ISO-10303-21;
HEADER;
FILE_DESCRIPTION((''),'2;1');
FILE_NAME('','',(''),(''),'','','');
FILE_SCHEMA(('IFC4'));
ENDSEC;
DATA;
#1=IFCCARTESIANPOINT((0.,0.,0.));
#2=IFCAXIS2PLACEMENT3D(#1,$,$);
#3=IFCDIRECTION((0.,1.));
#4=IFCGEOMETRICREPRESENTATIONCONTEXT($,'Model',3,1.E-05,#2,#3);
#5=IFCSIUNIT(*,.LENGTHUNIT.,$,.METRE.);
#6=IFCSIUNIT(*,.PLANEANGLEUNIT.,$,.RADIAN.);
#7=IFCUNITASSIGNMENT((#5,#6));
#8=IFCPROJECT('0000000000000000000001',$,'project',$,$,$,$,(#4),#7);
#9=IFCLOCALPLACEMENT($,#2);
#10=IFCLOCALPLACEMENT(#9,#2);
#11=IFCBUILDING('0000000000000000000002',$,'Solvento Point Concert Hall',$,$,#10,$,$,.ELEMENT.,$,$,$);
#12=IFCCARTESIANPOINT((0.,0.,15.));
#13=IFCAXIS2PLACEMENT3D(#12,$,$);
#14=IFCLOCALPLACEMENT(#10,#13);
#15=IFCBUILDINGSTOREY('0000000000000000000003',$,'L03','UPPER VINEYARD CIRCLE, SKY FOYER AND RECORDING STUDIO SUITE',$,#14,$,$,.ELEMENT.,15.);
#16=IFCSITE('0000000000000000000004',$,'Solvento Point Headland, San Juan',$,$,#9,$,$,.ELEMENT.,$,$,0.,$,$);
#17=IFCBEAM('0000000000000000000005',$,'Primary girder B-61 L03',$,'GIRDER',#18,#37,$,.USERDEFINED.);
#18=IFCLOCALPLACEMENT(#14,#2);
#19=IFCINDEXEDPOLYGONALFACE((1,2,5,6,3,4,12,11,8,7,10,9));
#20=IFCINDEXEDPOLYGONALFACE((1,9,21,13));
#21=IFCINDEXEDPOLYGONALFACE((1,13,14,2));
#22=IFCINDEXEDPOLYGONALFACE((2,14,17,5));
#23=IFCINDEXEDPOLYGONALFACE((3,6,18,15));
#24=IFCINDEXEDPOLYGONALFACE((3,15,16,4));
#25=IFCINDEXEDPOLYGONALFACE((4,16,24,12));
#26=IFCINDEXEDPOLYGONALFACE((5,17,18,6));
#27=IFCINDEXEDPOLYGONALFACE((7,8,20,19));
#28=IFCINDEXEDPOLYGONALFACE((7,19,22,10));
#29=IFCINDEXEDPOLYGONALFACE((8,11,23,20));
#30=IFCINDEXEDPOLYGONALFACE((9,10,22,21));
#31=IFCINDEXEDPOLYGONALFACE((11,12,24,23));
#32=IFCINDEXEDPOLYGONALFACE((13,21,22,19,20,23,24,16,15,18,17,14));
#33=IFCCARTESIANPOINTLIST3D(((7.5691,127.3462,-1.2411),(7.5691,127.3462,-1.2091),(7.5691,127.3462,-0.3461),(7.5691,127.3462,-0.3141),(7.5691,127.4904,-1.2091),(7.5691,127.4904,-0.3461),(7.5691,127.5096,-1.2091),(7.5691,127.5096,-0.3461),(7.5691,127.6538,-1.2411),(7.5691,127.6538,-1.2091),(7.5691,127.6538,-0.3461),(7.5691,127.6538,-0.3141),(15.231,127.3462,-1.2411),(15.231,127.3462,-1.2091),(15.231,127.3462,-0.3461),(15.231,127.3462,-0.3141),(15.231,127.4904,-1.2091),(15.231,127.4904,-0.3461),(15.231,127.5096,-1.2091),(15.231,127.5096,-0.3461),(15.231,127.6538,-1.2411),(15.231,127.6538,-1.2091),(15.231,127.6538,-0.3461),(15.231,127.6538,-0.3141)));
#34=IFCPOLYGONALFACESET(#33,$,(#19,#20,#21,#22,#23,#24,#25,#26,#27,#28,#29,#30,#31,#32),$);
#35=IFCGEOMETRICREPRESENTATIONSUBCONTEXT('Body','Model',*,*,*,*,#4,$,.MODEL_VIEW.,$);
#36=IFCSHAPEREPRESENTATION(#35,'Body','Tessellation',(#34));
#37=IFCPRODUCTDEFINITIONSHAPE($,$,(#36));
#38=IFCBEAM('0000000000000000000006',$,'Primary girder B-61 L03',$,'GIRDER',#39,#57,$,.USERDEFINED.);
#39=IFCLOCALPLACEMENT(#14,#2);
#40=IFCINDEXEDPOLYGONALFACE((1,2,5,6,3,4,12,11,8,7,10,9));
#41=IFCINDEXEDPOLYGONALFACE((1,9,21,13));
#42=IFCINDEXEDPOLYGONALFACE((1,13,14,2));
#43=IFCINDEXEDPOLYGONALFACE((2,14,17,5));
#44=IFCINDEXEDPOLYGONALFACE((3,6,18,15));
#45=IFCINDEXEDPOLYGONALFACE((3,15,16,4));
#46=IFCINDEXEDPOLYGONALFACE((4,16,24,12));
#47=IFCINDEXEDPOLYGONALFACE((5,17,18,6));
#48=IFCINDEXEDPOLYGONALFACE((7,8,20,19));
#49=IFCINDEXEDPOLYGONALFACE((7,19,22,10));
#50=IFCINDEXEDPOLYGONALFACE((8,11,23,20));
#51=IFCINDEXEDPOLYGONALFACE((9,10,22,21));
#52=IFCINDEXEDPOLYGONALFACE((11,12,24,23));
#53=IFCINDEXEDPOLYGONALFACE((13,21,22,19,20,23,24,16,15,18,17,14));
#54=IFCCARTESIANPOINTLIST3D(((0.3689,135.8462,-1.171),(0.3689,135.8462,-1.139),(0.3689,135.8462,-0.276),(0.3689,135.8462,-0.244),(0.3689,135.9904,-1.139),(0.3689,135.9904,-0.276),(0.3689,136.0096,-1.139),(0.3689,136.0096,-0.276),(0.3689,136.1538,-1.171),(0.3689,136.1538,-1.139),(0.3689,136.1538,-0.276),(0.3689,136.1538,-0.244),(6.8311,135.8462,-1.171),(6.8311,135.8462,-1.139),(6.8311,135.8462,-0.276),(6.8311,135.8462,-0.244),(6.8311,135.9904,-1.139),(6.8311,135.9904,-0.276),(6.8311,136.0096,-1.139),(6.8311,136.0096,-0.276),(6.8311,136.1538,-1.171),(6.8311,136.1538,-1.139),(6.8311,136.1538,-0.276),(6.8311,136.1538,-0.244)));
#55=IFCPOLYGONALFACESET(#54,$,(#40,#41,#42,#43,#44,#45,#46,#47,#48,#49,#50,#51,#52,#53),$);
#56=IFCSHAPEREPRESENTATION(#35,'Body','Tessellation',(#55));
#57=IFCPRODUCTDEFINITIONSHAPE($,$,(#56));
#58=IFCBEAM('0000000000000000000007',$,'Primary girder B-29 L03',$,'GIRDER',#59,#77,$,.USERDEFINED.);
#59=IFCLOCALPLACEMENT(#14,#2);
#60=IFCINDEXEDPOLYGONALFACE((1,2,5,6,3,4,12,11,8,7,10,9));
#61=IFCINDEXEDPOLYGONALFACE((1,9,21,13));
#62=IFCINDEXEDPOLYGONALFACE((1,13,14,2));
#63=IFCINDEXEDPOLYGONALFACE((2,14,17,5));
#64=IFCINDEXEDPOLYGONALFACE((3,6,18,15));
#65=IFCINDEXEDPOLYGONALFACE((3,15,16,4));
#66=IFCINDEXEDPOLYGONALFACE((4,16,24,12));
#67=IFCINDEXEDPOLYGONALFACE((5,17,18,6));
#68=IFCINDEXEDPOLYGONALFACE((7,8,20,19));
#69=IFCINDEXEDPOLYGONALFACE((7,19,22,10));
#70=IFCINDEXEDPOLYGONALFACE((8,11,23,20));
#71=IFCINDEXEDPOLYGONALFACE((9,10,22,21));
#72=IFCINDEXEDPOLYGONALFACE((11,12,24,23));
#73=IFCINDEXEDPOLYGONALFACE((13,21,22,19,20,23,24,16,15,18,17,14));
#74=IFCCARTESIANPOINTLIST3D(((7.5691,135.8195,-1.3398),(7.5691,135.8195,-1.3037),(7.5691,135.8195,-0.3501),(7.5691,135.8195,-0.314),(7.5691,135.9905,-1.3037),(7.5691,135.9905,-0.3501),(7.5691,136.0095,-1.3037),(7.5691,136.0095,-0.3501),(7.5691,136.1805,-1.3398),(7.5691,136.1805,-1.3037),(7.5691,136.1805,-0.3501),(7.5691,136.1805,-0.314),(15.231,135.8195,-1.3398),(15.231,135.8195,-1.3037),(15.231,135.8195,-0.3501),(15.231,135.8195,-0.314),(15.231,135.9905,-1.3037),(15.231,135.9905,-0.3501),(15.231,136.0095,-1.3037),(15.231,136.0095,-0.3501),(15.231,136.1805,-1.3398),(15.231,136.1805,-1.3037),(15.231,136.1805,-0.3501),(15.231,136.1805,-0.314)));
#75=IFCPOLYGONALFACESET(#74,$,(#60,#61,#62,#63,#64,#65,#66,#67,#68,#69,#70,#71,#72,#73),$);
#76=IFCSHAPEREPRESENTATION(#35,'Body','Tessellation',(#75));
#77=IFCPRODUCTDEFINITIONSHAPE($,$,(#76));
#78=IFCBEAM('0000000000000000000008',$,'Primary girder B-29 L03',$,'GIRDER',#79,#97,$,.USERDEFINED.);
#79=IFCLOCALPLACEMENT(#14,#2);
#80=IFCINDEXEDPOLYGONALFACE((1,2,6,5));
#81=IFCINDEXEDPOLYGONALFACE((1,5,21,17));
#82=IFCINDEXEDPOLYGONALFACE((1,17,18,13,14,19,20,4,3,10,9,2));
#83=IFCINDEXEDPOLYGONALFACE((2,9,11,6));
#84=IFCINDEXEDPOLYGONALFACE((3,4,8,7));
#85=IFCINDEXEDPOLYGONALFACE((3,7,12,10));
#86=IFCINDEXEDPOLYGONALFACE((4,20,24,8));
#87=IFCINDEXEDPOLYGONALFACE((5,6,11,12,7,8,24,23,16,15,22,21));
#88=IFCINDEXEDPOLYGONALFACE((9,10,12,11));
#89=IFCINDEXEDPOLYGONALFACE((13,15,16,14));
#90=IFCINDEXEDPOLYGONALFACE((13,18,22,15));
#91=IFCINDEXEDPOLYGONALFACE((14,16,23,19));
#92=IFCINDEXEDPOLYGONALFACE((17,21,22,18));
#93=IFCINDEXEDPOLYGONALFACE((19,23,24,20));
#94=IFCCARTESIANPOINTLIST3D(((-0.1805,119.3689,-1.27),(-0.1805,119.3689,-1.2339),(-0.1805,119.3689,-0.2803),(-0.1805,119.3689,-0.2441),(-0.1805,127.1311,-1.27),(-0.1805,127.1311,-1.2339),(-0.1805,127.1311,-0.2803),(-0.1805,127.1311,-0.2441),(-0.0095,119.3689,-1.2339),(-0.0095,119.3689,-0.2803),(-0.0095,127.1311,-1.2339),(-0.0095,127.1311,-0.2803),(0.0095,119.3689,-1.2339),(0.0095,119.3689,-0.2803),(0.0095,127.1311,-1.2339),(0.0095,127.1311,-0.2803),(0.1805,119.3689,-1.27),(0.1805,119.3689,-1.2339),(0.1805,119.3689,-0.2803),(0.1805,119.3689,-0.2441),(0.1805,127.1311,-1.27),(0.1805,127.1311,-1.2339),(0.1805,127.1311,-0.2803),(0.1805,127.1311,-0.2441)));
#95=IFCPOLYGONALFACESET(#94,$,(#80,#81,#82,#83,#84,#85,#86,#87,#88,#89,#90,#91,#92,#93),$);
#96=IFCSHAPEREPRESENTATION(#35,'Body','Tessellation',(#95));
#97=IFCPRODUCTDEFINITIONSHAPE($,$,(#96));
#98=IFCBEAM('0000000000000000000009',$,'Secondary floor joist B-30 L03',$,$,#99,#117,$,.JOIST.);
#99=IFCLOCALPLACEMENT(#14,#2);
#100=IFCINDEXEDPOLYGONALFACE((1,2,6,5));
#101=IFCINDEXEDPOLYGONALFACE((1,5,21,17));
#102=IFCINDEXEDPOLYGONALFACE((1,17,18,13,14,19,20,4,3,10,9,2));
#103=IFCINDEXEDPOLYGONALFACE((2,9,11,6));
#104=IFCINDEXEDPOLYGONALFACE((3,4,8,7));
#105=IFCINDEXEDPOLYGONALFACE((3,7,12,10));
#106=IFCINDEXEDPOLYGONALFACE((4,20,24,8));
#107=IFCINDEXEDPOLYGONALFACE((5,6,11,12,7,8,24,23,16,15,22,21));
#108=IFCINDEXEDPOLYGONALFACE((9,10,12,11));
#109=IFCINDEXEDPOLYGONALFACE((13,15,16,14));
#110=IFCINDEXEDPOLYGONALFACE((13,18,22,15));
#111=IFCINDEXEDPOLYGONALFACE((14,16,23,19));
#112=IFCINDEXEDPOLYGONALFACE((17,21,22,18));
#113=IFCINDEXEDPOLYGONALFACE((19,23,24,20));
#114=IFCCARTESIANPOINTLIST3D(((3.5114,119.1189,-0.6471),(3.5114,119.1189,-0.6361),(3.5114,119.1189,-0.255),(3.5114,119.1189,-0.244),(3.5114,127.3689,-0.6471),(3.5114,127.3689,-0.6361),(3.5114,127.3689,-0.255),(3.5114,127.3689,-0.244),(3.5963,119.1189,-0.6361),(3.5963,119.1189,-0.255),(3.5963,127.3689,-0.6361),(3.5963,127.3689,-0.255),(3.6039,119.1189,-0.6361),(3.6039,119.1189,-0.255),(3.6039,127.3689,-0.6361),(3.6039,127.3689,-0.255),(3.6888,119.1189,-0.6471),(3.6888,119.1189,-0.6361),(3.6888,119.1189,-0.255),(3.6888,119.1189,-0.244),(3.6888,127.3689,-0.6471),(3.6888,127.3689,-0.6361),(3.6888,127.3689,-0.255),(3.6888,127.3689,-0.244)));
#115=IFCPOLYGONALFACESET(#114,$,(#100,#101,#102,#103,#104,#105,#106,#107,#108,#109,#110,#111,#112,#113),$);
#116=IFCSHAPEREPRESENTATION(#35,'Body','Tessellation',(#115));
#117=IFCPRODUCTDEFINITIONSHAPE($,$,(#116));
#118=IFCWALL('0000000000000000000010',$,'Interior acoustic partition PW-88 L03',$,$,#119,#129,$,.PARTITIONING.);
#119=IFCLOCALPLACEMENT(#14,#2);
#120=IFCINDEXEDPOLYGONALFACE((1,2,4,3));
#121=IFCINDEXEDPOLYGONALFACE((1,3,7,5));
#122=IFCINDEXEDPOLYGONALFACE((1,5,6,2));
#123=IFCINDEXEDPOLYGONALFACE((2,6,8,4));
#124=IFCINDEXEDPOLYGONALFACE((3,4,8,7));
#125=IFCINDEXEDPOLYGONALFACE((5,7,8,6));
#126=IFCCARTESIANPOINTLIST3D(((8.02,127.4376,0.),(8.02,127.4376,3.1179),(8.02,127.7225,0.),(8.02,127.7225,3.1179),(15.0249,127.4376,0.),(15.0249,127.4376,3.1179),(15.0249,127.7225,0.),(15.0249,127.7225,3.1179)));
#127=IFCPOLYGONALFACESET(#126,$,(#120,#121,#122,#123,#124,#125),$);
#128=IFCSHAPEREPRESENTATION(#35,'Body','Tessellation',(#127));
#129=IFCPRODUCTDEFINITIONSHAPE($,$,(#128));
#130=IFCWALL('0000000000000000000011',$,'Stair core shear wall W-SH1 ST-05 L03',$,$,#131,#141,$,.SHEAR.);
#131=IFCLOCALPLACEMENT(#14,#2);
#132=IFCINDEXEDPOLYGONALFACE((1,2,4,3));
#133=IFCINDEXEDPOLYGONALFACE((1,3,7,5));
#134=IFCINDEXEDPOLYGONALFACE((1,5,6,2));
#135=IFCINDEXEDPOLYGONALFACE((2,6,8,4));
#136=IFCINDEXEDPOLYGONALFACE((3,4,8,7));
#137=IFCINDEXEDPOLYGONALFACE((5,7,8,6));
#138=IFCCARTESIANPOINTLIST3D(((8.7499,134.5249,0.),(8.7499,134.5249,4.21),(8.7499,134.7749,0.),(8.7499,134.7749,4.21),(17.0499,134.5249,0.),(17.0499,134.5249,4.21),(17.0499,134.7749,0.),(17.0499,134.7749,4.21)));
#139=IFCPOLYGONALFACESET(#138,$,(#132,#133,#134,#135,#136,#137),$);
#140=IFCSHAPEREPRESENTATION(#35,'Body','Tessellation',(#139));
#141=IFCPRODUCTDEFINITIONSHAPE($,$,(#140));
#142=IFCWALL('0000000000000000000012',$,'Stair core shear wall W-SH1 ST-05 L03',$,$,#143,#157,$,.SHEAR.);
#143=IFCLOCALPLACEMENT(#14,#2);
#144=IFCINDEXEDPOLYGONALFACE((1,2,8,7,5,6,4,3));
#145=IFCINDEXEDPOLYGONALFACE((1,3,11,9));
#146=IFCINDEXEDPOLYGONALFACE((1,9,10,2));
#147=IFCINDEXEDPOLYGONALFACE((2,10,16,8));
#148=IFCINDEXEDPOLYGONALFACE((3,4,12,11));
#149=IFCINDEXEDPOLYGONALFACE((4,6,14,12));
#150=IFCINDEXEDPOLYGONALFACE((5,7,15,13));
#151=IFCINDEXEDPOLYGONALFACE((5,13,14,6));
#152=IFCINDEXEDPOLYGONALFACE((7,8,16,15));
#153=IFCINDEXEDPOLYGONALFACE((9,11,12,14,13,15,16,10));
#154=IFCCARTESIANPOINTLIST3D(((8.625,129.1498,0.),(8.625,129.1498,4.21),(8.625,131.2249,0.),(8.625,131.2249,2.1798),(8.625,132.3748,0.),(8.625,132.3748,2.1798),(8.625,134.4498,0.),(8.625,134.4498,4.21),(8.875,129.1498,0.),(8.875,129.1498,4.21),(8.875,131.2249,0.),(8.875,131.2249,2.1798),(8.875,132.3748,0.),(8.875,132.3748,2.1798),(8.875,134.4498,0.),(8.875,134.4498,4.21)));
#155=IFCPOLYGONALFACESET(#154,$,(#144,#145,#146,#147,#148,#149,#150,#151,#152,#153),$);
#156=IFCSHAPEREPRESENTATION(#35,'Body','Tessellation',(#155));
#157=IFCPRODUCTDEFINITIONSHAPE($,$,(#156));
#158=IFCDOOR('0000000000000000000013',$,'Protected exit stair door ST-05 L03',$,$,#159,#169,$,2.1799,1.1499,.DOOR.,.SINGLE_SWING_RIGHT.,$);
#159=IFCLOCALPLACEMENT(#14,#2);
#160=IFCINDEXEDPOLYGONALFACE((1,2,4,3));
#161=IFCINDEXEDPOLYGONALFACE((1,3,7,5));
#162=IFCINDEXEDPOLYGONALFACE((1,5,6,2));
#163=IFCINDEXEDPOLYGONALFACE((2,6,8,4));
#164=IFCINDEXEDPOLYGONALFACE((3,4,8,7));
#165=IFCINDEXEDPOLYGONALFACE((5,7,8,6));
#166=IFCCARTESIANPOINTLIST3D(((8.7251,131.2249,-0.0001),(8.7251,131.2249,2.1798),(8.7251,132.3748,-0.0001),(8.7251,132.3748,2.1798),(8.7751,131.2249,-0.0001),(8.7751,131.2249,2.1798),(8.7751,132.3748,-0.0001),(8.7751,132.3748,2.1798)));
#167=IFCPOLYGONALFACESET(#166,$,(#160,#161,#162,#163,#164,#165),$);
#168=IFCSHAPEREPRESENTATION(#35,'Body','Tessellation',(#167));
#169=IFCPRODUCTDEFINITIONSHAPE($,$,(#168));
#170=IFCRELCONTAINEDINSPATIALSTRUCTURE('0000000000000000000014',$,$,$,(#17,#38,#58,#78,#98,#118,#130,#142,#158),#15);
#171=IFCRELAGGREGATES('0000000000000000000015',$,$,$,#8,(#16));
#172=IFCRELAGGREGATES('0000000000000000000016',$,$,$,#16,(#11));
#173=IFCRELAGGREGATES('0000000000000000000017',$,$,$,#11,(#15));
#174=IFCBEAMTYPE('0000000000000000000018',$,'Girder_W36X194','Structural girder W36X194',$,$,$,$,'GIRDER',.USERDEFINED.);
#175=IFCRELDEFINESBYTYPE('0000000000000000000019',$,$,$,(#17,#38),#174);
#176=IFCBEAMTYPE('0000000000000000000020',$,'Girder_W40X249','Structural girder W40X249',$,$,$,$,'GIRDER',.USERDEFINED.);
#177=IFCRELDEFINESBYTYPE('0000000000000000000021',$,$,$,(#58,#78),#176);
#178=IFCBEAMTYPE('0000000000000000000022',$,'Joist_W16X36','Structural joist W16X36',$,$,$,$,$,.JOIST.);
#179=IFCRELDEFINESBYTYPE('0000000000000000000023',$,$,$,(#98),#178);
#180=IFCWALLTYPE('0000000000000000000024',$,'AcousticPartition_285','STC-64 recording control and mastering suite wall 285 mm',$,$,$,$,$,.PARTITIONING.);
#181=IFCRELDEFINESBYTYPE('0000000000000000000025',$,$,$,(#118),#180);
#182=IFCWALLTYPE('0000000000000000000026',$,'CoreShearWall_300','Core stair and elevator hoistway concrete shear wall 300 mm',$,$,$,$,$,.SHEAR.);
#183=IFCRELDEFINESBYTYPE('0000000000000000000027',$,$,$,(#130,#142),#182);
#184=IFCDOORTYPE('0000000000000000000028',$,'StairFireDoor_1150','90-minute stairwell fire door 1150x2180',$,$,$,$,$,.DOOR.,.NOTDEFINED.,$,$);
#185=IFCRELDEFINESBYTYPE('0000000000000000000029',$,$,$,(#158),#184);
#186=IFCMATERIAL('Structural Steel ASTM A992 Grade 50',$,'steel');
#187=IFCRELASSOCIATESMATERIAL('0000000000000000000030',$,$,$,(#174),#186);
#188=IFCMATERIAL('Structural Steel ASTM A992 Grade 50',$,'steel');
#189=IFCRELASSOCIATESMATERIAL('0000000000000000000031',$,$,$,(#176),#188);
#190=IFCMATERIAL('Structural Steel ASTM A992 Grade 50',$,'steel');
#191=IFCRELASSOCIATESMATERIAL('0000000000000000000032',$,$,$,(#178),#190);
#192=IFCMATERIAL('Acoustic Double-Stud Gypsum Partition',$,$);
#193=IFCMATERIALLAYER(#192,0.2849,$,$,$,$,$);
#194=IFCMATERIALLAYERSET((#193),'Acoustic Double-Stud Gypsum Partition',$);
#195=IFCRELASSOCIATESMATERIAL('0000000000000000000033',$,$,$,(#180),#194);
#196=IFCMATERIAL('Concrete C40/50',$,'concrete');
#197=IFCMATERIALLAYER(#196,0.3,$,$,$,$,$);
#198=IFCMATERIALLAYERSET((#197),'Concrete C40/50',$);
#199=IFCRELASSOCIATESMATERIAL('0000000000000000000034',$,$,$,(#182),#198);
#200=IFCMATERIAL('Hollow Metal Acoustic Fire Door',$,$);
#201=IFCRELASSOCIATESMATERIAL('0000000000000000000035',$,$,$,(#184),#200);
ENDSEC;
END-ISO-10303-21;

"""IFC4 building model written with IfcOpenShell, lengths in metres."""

from ifc_helpers import new_model, si_unit, direction, frame, frame_2d, origin, origin_2d, place, context, subcontext, project, spatial, rectangle, i_section, extrude, material, layer, layer_set, material_profile, profile_set, type_object, element, fill, save


model = new_model("IFC4")

# Units and contexts
model_context = context("Model", 3, precision=1e-05, world=origin(), true_north=direction((0.0, 1.0)))
body_context = subcontext(model_context, "Body", "Model", "MODEL_VIEW")
ifc_project = project(units=[si_unit("LENGTHUNIT", "METRE"), si_unit("PLANEANGLEUNIT", "RADIAN")], contexts=[model_context])

# Site, building, storey
site_placement = place(None, origin())
site = spatial("IfcSite", under=ifc_project, at=site_placement, Name="Solvento Point Headland, San Juan", CompositionType="ELEMENT", RefElevation=0.0)
building_placement = place(site_placement, origin())
building = spatial("IfcBuilding", under=site, at=building_placement, Name="Solvento Point Concert Hall", CompositionType="ELEMENT")
storey_placement = place(building_placement, frame((0.0, 0.0, 15.0)))
storey = spatial("IfcBuildingStorey", under=building, at=storey_placement, Name="L03", Description="UPPER VINEYARD CIRCLE, SKY FOYER AND RECORDING STUDIO SUITE", CompositionType="ELEMENT", Elevation=15.0)

# Beams
ifc_material_1 = material(Name="Structural Steel ASTM A992 Grade 50", Category="steel")
ifc_material_profile_1 = material_profile(ifc_material_1, i_section(OverallWidth=0.3076, OverallDepth=0.927, WebThickness=0.0193, FlangeThickness=0.032, at=origin_2d()), Name="W36X194")
ifc_profile_set_1 = profile_set([ifc_material_profile_1], Name="Structural Steel ASTM A992 Grade 50")
beam_type_1 = type_object("IfcBeamType", Name="Girder_W36X194", Description="Structural girder W36X194", ElementType="GIRDER", PredefinedType="USERDEFINED", material=ifc_profile_set_1)
beam_1_placement = place(storey_placement, frame((7.5691, 127.5, -0.7776), z_axis=(1.0, 0.0, 0.0), x_axis=(0.0, 1.0, 0.0)))
element("IfcBeam", 1, at=beam_1_placement, inside=storey, type_object=beam_type_1, Name="Primary girder B-61 L03", ObjectType="GIRDER", PredefinedType="USERDEFINED", context=body_context, shape_type="SweptSolid", body=[
    extrude(i_section(OverallWidth=0.3076, OverallDepth=0.927, WebThickness=0.0193, FlangeThickness=0.032, at=origin_2d()), origin(), (0.0, 0.0, 1.0), 7.6619),
])
beam_2_placement = place(storey_placement, frame((0.3689, 136.0, -0.7075), z_axis=(1.0, 0.0, 0.0), x_axis=(0.0, 1.0, 0.0)))
element("IfcBeam", 2, at=beam_2_placement, inside=storey, type_object=beam_type_1, Name="Primary girder B-61 L03", ObjectType="GIRDER", PredefinedType="USERDEFINED", context=body_context, shape_type="SweptSolid", body=[
    extrude(i_section(OverallWidth=0.3076, OverallDepth=0.927, WebThickness=0.0193, FlangeThickness=0.032, at=origin_2d()), origin(), (0.0, 0.0, 1.0), 6.4622),
])
ifc_material_2 = material(Name="Structural Steel ASTM A992 Grade 50", Category="steel")
ifc_material_profile_2 = material_profile(ifc_material_2, i_section(OverallWidth=0.3611, OverallDepth=1.0259, WebThickness=0.019, FlangeThickness=0.0361, at=origin_2d()), Name="W40X249")
ifc_profile_set_2 = profile_set([ifc_material_profile_2], Name="Structural Steel ASTM A992 Grade 50")
beam_type_2 = type_object("IfcBeamType", Name="Girder_W40X249", Description="Structural girder W40X249", ElementType="GIRDER", PredefinedType="USERDEFINED", material=ifc_profile_set_2)
beam_3_placement = place(storey_placement, frame((7.5691, 136.0, -0.8269), z_axis=(1.0, 0.0, 0.0), x_axis=(0.0, 1.0, 0.0)))
element("IfcBeam", 3, at=beam_3_placement, inside=storey, type_object=beam_type_2, Name="Primary girder B-29 L03", ObjectType="GIRDER", PredefinedType="USERDEFINED", context=body_context, shape_type="SweptSolid", body=[
    extrude(i_section(OverallWidth=0.3611, OverallDepth=1.0259, WebThickness=0.019, FlangeThickness=0.0361, at=origin_2d()), origin(), (0.0, 0.0, 1.0), 7.6619),
])
beam_4_placement = place(storey_placement, frame((0.0, 119.3689, -0.7571), z_axis=(0.0, 1.0, 0.0), x_axis=(-1.0, 0.0, 0.0)))
element("IfcBeam", 4, at=beam_4_placement, inside=storey, type_object=beam_type_2, Name="Primary girder B-29 L03", ObjectType="GIRDER", PredefinedType="USERDEFINED", context=body_context, shape_type="SweptSolid", body=[
    extrude(i_section(OverallWidth=0.3611, OverallDepth=1.0259, WebThickness=0.019, FlangeThickness=0.0361, at=origin_2d()), origin(), (0.0, 0.0, 1.0), 7.7622),
])
ifc_material_3 = material(Name="Structural Steel ASTM A992 Grade 50", Category="steel")
ifc_material_profile_3 = material_profile(ifc_material_3, i_section(OverallWidth=0.1775, OverallDepth=0.4031, WebThickness=0.0076, FlangeThickness=0.011, at=origin_2d()), Name="W16X36")
ifc_profile_set_3 = profile_set([ifc_material_profile_3], Name="Structural Steel ASTM A992 Grade 50")
beam_type_3 = type_object("IfcBeamType", Name="Joist_W16X36", Description="Structural joist W16X36", PredefinedType="JOIST", material=ifc_profile_set_3)
beam_5_placement = place(storey_placement, frame((3.6001, 119.1189, -0.4456), z_axis=(0.0, 1.0, 0.0), x_axis=(-1.0, 0.0, 0.0)))
element("IfcBeam", 5, at=beam_5_placement, inside=storey, type_object=beam_type_3, Name="Secondary floor joist B-30 L03", PredefinedType="JOIST", context=body_context, shape_type="SweptSolid", body=[
    extrude(i_section(OverallWidth=0.1775, OverallDepth=0.4031, WebThickness=0.0076, FlangeThickness=0.011, at=origin_2d()), origin(), (0.0, 0.0, 1.0), 8.25),
])

# Walls
ifc_material_4 = material(Name="Acoustic Double-Stud Gypsum Partition")
ifc_layer_1 = layer(ifc_material_4, 0.2849)
ifc_layer_set_1 = layer_set([ifc_layer_1], Name="Acoustic Double-Stud Gypsum Partition")
wall_type_1 = type_object("IfcWallType", Name="AcousticPartition_285", Description="STC-64 recording control and mastering suite wall 285 mm", PredefinedType="PARTITIONING", material=ifc_layer_set_1)
wall_1_placement = place(storey_placement, frame((8.02, 127.5801, 0.0), z_axis=(0.0, 0.0, 1.0), x_axis=(1.0, 0.0, 0.0)))
element("IfcWall", 6, at=wall_1_placement, inside=storey, type_object=wall_type_1, Name="Interior acoustic partition PW-88 L03", PredefinedType="PARTITIONING", context=body_context, shape_type="SweptSolid", body=[
    extrude(rectangle(XDim=7.0049, YDim=0.2849, at=frame_2d((3.5024, 0.0))), origin(), (0.0, 0.0, 1.0), 3.1179),
])
ifc_material_5 = material(Name="Concrete C40/50", Category="concrete")
ifc_layer_2 = layer(ifc_material_5, 0.3)
ifc_layer_set_2 = layer_set([ifc_layer_2], Name="Concrete C40/50")
wall_type_2 = type_object("IfcWallType", Name="CoreShearWall_300", Description="Core stair and elevator hoistway concrete shear wall 300 mm", PredefinedType="SHEAR", material=ifc_layer_set_2)
wall_2_placement = place(storey_placement, frame((8.75, 134.6499, 0.0), z_axis=(0.0, 0.0, 1.0), x_axis=(1.0, 0.0, 0.0)))
element("IfcWall", 7, at=wall_2_placement, inside=storey, type_object=wall_type_2, Name="Stair core shear wall W-SH1 ST-05 L03", PredefinedType="SHEAR", context=body_context, shape_type="SweptSolid", body=[
    extrude(rectangle(XDim=8.3, YDim=0.25, at=frame_2d((4.1499, 0.0))), origin(), (0.0, 0.0, 1.0), 4.21),
])

# Wall, opening, door
wall_3_placement = place(storey_placement, frame((8.75, 129.1499, 0.0), z_axis=(0.0, 0.0, 1.0), x_axis=(0.0, 1.0, 0.0)))
wall_3 = element("IfcWall", 8, at=wall_3_placement, inside=storey, type_object=wall_type_2, Name="Stair core shear wall W-SH1 ST-05 L03", PredefinedType="SHEAR", context=body_context, shape_type="SweptSolid", body=[
    extrude(rectangle(XDim=5.3, YDim=0.25, at=frame_2d((2.6499, 0.0))), origin(), (0.0, 0.0, 1.0), 4.21),
])
opening_1_placement = place(wall_3_placement, frame((2.075, 0.0, 0.0)))
opening_1 = element("IfcOpeningElement", 9, at=opening_1_placement, cuts=wall_3, PredefinedType="OPENING", context=body_context, shape_type="SweptSolid", body=[
    extrude(rectangle(XDim=1.1499, YDim=2.1799, at=frame_2d((0.575, 1.0898))), frame((0.0, 0.135, 0.0), z_axis=(0.0, -1.0, 0.0), x_axis=(1.0, 0.0, 0.0)), (0.0, 0.0, 1.0), 0.27),
])
ifc_material_6 = material(Name="Hollow Metal Acoustic Fire Door")
door_type_1 = type_object("IfcDoorType", Name="StairFireDoor_1150", Description="90-minute stairwell fire door 1150x2180", OperationType="NOTDEFINED", PredefinedType="DOOR", material=ifc_material_6)
door_1_placement = place(opening_1_placement, origin())
door_1 = element("IfcDoor", 10, at=door_1_placement, inside=storey, type_object=door_type_1, Name="Protected exit stair door ST-05 L03", OperationType="SINGLE_SWING_RIGHT", OverallHeight=2.1799, OverallWidth=1.1499, PredefinedType="DOOR", context=body_context, shape_type="SweptSolid", body=[
    extrude(rectangle(XDim=1.1499, YDim=2.1799, at=frame_2d((0.575, 1.0898))), frame((0.0, 0.0249, 0.0), z_axis=(0.0, -1.0, 0.0), x_axis=(1.0, 0.0, 0.0)), (0.0, 0.0, 1.0), 0.05),
])
fill(opening_1, door_1)

save(model, "model.ifc")
